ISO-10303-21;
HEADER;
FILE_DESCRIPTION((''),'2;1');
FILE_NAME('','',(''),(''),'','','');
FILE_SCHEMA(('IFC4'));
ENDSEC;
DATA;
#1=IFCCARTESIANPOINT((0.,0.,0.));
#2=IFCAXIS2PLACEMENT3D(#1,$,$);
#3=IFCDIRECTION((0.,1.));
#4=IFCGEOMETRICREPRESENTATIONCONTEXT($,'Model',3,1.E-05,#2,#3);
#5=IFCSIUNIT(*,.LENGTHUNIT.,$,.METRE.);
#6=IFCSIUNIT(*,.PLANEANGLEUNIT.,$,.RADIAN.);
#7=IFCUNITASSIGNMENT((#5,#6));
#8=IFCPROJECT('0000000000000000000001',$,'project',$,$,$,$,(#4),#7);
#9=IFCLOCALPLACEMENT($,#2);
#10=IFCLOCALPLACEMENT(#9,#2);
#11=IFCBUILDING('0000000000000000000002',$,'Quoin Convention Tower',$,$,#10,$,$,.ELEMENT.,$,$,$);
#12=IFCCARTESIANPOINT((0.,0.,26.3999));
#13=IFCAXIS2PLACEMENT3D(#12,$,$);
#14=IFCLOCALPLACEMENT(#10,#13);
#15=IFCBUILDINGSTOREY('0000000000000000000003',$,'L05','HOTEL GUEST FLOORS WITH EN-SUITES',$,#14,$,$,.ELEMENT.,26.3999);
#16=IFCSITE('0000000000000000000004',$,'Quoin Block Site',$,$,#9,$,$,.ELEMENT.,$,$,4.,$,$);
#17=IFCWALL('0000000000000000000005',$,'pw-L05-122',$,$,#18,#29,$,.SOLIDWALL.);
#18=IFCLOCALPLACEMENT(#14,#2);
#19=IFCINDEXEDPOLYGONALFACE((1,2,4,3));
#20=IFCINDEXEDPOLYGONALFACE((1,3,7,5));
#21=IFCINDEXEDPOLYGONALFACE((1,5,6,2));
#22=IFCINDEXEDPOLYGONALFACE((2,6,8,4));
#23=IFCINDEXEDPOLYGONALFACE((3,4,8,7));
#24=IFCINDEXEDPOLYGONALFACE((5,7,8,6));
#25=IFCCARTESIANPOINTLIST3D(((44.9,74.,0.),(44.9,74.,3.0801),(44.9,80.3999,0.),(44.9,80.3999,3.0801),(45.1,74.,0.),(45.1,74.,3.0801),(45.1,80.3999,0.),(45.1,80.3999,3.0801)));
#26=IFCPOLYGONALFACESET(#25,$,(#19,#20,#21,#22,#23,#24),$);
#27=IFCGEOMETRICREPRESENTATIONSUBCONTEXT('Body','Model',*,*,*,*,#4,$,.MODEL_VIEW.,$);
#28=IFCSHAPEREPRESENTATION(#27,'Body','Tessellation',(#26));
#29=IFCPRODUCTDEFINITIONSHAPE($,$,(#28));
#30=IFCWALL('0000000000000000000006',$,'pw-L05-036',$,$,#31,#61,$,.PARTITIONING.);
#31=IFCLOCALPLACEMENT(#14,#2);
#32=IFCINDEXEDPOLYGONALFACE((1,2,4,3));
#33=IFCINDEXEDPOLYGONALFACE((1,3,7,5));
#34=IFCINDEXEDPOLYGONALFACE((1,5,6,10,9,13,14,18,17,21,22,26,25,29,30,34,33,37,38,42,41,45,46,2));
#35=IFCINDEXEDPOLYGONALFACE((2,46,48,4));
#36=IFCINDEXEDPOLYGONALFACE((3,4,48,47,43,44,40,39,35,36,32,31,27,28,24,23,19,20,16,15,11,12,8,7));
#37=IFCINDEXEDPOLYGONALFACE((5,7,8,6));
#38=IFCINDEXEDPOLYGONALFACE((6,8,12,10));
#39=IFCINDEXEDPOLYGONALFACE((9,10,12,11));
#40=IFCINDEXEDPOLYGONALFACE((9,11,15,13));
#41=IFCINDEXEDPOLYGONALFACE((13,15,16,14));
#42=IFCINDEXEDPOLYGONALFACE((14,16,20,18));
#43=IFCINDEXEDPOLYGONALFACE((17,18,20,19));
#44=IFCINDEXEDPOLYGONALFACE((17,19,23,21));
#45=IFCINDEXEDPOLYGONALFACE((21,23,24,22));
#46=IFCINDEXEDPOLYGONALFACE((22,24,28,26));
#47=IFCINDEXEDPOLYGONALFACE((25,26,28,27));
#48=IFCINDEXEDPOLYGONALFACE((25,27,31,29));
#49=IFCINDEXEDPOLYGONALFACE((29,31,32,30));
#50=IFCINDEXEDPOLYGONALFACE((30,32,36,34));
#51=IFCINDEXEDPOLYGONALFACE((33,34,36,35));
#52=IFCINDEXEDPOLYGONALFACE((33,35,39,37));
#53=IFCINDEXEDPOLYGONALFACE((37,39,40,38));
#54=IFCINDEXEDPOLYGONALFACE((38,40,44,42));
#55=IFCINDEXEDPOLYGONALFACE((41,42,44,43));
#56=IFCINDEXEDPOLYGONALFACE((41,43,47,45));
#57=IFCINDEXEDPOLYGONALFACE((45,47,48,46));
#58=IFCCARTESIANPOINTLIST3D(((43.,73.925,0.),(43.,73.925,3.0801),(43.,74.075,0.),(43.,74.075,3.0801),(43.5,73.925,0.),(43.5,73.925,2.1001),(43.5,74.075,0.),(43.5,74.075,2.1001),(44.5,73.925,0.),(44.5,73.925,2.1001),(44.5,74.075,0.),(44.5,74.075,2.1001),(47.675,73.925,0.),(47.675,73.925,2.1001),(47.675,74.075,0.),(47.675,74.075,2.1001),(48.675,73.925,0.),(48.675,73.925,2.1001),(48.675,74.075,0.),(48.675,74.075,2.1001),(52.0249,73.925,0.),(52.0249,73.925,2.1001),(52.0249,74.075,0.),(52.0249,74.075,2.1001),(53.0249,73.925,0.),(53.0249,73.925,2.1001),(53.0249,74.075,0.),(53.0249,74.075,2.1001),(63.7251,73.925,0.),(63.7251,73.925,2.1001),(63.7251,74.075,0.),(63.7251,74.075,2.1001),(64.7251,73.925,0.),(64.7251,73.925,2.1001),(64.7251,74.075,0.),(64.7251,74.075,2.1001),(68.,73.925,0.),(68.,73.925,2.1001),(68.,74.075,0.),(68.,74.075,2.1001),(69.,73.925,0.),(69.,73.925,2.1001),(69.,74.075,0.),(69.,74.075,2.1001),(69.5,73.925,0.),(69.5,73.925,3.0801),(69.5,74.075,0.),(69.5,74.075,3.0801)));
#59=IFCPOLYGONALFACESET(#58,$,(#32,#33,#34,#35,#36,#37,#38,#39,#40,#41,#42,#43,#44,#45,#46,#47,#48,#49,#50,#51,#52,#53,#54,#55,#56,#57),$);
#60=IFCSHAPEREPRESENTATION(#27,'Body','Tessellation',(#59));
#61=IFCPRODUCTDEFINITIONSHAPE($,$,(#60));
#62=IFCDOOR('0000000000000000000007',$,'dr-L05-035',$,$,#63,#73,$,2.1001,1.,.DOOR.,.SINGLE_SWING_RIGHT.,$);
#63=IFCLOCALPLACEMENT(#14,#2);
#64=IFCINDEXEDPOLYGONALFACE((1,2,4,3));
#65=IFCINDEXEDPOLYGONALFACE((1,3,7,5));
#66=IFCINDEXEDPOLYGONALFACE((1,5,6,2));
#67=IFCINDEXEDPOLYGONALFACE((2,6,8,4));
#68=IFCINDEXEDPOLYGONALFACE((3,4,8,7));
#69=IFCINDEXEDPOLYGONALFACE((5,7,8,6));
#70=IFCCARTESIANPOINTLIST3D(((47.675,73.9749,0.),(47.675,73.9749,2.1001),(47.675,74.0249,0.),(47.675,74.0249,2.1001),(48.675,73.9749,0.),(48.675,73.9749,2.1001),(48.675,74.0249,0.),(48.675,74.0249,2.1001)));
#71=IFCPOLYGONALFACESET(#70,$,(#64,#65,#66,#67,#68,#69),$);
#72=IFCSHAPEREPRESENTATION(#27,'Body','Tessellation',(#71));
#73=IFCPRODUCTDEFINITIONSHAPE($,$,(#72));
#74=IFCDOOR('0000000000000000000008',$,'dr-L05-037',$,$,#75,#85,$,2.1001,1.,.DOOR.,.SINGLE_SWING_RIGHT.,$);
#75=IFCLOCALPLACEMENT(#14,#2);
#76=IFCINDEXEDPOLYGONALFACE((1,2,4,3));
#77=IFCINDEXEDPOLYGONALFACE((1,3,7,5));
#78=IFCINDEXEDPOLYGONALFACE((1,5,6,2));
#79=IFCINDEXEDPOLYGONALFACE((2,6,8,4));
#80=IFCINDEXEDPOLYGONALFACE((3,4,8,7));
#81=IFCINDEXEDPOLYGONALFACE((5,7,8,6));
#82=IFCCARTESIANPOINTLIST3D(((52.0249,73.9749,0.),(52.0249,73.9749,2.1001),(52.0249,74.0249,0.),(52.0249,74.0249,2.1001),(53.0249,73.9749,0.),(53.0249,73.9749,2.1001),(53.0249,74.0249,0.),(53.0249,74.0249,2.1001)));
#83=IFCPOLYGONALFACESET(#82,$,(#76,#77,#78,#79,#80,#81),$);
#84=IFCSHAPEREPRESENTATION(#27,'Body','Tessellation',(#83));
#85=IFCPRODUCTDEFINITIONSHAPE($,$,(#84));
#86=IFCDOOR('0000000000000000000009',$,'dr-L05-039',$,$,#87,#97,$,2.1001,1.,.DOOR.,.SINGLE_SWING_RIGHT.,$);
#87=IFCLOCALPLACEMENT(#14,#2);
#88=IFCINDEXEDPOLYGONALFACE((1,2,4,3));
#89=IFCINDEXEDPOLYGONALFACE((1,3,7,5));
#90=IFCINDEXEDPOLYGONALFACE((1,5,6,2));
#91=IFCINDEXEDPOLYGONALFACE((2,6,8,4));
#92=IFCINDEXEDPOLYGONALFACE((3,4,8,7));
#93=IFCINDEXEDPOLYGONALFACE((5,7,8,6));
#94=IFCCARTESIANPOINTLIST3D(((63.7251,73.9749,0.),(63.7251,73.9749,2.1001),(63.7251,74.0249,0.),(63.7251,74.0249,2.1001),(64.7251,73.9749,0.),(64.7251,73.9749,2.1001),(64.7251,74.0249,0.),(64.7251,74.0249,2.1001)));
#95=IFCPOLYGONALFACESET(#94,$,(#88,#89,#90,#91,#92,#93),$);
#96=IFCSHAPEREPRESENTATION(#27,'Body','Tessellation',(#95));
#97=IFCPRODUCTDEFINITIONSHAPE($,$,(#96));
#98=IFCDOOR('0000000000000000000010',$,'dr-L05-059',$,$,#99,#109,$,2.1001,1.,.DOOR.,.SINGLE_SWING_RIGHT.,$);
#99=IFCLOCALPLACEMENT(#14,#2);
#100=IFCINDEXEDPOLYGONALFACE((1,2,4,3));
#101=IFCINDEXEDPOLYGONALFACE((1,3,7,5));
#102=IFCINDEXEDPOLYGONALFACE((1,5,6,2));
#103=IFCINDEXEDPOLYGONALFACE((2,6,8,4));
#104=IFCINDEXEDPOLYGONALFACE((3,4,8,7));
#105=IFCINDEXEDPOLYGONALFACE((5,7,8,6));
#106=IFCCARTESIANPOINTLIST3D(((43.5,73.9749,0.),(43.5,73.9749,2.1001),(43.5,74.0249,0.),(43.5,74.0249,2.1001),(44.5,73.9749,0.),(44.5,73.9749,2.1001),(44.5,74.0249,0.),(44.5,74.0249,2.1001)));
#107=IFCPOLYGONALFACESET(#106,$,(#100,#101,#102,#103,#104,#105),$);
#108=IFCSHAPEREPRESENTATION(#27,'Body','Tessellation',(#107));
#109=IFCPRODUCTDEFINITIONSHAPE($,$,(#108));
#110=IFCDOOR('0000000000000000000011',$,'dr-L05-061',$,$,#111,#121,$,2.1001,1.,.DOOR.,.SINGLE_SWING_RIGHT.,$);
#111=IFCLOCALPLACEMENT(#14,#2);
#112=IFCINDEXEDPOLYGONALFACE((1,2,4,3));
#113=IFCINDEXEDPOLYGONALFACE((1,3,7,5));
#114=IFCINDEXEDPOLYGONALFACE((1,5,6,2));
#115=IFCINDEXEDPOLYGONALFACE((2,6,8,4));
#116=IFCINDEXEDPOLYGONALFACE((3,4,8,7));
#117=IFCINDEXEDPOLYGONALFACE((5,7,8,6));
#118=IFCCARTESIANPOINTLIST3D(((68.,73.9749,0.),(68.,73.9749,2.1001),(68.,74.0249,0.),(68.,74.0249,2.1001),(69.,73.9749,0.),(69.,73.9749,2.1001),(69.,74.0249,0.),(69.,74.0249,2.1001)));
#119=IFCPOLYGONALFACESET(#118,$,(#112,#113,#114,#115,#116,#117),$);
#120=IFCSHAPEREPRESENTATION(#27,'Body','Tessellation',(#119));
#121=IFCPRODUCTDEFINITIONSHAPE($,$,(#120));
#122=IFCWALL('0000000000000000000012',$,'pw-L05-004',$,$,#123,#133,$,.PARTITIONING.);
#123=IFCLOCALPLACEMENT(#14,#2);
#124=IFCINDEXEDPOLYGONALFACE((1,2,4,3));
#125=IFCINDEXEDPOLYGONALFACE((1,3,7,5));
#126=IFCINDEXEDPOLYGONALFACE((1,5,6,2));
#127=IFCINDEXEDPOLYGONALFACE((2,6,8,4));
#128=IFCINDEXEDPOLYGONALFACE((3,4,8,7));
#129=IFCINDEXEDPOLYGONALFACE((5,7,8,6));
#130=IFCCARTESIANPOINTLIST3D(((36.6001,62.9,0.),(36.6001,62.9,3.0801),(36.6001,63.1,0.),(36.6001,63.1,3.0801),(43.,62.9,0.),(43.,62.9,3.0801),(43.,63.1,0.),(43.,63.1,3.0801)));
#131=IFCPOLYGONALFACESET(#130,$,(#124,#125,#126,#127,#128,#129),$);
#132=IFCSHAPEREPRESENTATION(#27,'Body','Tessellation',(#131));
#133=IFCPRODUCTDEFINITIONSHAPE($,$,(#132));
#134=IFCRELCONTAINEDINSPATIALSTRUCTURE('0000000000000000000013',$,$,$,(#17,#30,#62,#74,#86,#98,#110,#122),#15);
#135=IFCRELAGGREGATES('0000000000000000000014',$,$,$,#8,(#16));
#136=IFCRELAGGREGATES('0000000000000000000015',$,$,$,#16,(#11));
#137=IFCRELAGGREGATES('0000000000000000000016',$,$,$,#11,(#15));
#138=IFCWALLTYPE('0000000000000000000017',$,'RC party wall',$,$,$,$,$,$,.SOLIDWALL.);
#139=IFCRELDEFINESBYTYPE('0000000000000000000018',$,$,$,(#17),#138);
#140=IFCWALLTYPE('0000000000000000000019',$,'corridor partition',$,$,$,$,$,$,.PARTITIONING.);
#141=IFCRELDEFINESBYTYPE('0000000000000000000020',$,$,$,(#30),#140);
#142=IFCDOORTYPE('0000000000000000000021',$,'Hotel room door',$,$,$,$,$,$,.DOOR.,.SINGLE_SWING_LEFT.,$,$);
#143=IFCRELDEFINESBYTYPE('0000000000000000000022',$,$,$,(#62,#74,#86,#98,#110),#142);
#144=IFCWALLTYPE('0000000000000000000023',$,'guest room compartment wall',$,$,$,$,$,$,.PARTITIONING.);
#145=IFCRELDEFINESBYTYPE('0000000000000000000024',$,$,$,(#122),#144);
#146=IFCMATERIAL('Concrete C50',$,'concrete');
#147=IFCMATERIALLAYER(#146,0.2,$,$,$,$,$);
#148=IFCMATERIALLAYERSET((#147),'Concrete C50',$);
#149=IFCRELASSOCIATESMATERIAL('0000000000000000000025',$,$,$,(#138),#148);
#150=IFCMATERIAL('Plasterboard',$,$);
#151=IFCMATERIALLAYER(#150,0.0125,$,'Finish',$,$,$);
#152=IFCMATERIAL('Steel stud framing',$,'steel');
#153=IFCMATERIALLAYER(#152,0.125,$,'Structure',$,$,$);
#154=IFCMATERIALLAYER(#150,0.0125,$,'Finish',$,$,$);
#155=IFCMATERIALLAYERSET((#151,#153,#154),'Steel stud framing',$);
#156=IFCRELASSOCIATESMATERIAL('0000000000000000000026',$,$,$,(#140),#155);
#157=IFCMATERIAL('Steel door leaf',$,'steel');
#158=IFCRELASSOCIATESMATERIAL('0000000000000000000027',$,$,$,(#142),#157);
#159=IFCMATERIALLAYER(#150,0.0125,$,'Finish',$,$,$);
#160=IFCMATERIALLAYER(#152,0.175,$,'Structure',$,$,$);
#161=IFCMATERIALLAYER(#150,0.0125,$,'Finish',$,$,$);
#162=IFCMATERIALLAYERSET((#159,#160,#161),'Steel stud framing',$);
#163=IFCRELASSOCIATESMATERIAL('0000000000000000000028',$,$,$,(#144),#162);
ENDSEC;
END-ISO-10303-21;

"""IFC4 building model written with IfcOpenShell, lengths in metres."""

from ifc_helpers import new_model, si_unit, direction, frame, frame_2d, origin, place, context, subcontext, project, spatial, rectangle, extrude, material, layer, layer_set, type_object, element, fill, save


model = new_model("IFC4")

# Units and contexts
model_context = context("Model", 3, precision=1e-05, world=origin(), true_north=direction((0.0, 1.0)))
body_context = subcontext(model_context, "Body", "Model", "MODEL_VIEW")
ifc_project = project(units=[si_unit("LENGTHUNIT", "METRE"), si_unit("PLANEANGLEUNIT", "RADIAN")], contexts=[model_context])

# Site, building, storey
site_placement = place(None, origin())
site = spatial("IfcSite", under=ifc_project, at=site_placement, Name="Quoin Block Site", CompositionType="ELEMENT", RefElevation=4.0)
building_placement = place(site_placement, origin())
building = spatial("IfcBuilding", under=site, at=building_placement, Name="Quoin Convention Tower", CompositionType="ELEMENT")
storey_placement = place(building_placement, frame((0.0, 0.0, 26.3999)))
storey = spatial("IfcBuildingStorey", under=building, at=storey_placement, Name="L05", Description="HOTEL GUEST FLOORS WITH EN-SUITES", CompositionType="ELEMENT", Elevation=26.3999)

# Shared definitions
ifc_material_1 = material(Name="Plasterboard")
ifc_material_2 = material(Name="Steel stud framing", Category="steel")
ifc_material_3 = material(Name="Steel door leaf", Category="steel")

# Shared definitions
ifc_material_4 = material(Name="Concrete C50", Category="concrete")
ifc_layer_1 = layer(ifc_material_4, 0.2)
ifc_layer_set_1 = layer_set([ifc_layer_1], Name="Concrete C50")
wall_type_1 = type_object("IfcWallType", Name="RC party wall", PredefinedType="SOLIDWALL", material=ifc_layer_set_1)

# Wall
wall_1_placement = place(storey_placement, frame((45.0, 74.0, 0.0), z_axis=(0.0, 0.0, 1.0), x_axis=(0.0, 1.0, 0.0)))
element("IfcWall", 1, at=wall_1_placement, inside=storey, type_object=wall_type_1, Name="pw-L05-122", PredefinedType="SOLIDWALL", context=body_context, shape_type="SweptSolid", body=[
    extrude(rectangle(XDim=6.3999, YDim=0.2, at=frame_2d((3.2, 0.0))), origin(), (0.0, 0.0, 1.0), 3.0801),
])

# Wall, openings, doors
ifc_layer_2 = layer(ifc_material_1, 0.0125, Name="Finish")
ifc_layer_3 = layer(ifc_material_2, 0.125, Name="Structure")
ifc_layer_4 = layer(ifc_material_1, 0.0125, Name="Finish")
ifc_layer_set_2 = layer_set([ifc_layer_2, ifc_layer_3, ifc_layer_4], Name="Steel stud framing")
wall_type_2 = type_object("IfcWallType", Name="corridor partition", PredefinedType="PARTITIONING", material=ifc_layer_set_2)
wall_2_placement = place(storey_placement, frame((43.0, 74.0, 0.0), z_axis=(0.0, 0.0, 1.0), x_axis=(1.0, 0.0, 0.0)))
wall_2 = element("IfcWall", 2, at=wall_2_placement, inside=storey, type_object=wall_type_2, Name="pw-L05-036", PredefinedType="PARTITIONING", context=body_context, shape_type="SweptSolid", body=[
    extrude(rectangle(XDim=26.5, YDim=0.1499, at=frame_2d((13.25, 0.0))), origin(), (0.0, 0.0, 1.0), 3.0801),
])
opening_1_placement = place(wall_2_placement, frame((4.675, 0.0, 0.0)))
opening_1 = element("IfcOpeningElement", 3, at=opening_1_placement, cuts=wall_2, PredefinedType="OPENING", context=body_context, shape_type="SweptSolid", body=[
    extrude(rectangle(XDim=1.0, YDim=2.1001, at=frame_2d((0.5, 1.05))), frame((0.0, 0.085, 0.0), z_axis=(0.0, -1.0, 0.0), x_axis=(1.0, 0.0, 0.0)), (0.0, 0.0, 1.0), 0.1699),
])
opening_2_placement = place(wall_2_placement, frame((9.0249, 0.0, 0.0)))
opening_2 = element("IfcOpeningElement", 4, at=opening_2_placement, cuts=wall_2, PredefinedType="OPENING", context=body_context, shape_type="SweptSolid", body=[
    extrude(rectangle(XDim=1.0, YDim=2.1001, at=frame_2d((0.5, 1.05))), frame((0.0, 0.085, 0.0), z_axis=(0.0, -1.0, 0.0), x_axis=(1.0, 0.0, 0.0)), (0.0, 0.0, 1.0), 0.1699),
])
opening_3_placement = place(wall_2_placement, frame((20.7251, 0.0, 0.0)))
opening_3 = element("IfcOpeningElement", 5, at=opening_3_placement, cuts=wall_2, PredefinedType="OPENING", context=body_context, shape_type="SweptSolid", body=[
    extrude(rectangle(XDim=1.0, YDim=2.1001, at=frame_2d((0.5, 1.05))), frame((0.0, 0.085, 0.0), z_axis=(0.0, -1.0, 0.0), x_axis=(1.0, 0.0, 0.0)), (0.0, 0.0, 1.0), 0.1699),
])
opening_4_placement = place(wall_2_placement, frame((0.5, 0.0, 0.0)))
opening_4 = element("IfcOpeningElement", 6, at=opening_4_placement, cuts=wall_2, PredefinedType="OPENING", context=body_context, shape_type="SweptSolid", body=[
    extrude(rectangle(XDim=1.0, YDim=2.1001, at=frame_2d((0.5, 1.05))), frame((0.0, 0.085, 0.0), z_axis=(0.0, -1.0, 0.0), x_axis=(1.0, 0.0, 0.0)), (0.0, 0.0, 1.0), 0.1699),
])
opening_5_placement = place(wall_2_placement, frame((25.0, 0.0, 0.0)))
opening_5 = element("IfcOpeningElement", 7, at=opening_5_placement, cuts=wall_2, PredefinedType="OPENING", context=body_context, shape_type="SweptSolid", body=[
    extrude(rectangle(XDim=1.0, YDim=2.1001, at=frame_2d((0.5, 1.05))), frame((0.0, 0.085, 0.0), z_axis=(0.0, -1.0, 0.0), x_axis=(1.0, 0.0, 0.0)), (0.0, 0.0, 1.0), 0.1699),
])
door_type_1 = type_object("IfcDoorType", Name="Hotel room door", OperationType="SINGLE_SWING_LEFT", PredefinedType="DOOR", material=ifc_material_3)
door_1_placement = place(opening_1_placement, origin())
door_1 = element("IfcDoor", 8, at=door_1_placement, inside=storey, type_object=door_type_1, Name="dr-L05-035", OperationType="SINGLE_SWING_RIGHT", OverallHeight=2.1001, OverallWidth=1.0, PredefinedType="DOOR", context=body_context, shape_type="SweptSolid", body=[
    extrude(rectangle(XDim=1.0, YDim=2.1001, at=frame_2d((0.5, 1.05))), frame((0.0, 0.0249, 0.0), z_axis=(0.0, -1.0, 0.0), x_axis=(1.0, 0.0, 0.0)), (0.0, 0.0, 1.0), 0.05),
])
fill(opening_1, door_1)
door_2_placement = place(opening_2_placement, origin())
door_2 = element("IfcDoor", 9, at=door_2_placement, inside=storey, type_object=door_type_1, Name="dr-L05-037", OperationType="SINGLE_SWING_RIGHT", OverallHeight=2.1001, OverallWidth=1.0, PredefinedType="DOOR", context=body_context, shape_type="SweptSolid", body=[
    extrude(rectangle(XDim=1.0, YDim=2.1001, at=frame_2d((0.5, 1.05))), frame((0.0, 0.0249, 0.0), z_axis=(0.0, -1.0, 0.0), x_axis=(1.0, 0.0, 0.0)), (0.0, 0.0, 1.0), 0.05),
])
fill(opening_2, door_2)
door_3_placement = place(opening_3_placement, origin())
door_3 = element("IfcDoor", 10, at=door_3_placement, inside=storey, type_object=door_type_1, Name="dr-L05-039", OperationType="SINGLE_SWING_RIGHT", OverallHeight=2.1001, OverallWidth=1.0, PredefinedType="DOOR", context=body_context, shape_type="SweptSolid", body=[
    extrude(rectangle(XDim=1.0, YDim=2.1001, at=frame_2d((0.5, 1.05))), frame((0.0, 0.0249, 0.0), z_axis=(0.0, -1.0, 0.0), x_axis=(1.0, 0.0, 0.0)), (0.0, 0.0, 1.0), 0.05),
])
fill(opening_3, door_3)
door_4_placement = place(opening_4_placement, origin())
door_4 = element("IfcDoor", 11, at=door_4_placement, inside=storey, type_object=door_type_1, Name="dr-L05-059", OperationType="SINGLE_SWING_RIGHT", OverallHeight=2.1001, OverallWidth=1.0, PredefinedType="DOOR", context=body_context, shape_type="SweptSolid", body=[
    extrude(rectangle(XDim=1.0, YDim=2.1001, at=frame_2d((0.5, 1.05))), frame((0.0, 0.0249, 0.0), z_axis=(0.0, -1.0, 0.0), x_axis=(1.0, 0.0, 0.0)), (0.0, 0.0, 1.0), 0.05),
])
fill(opening_4, door_4)
door_5_placement = place(opening_5_placement, origin())
door_5 = element("IfcDoor", 12, at=door_5_placement, inside=storey, type_object=door_type_1, Name="dr-L05-061", OperationType="SINGLE_SWING_RIGHT", OverallHeight=2.1001, OverallWidth=1.0, PredefinedType="DOOR", context=body_context, shape_type="SweptSolid", body=[
    extrude(rectangle(XDim=1.0, YDim=2.1001, at=frame_2d((0.5, 1.05))), frame((0.0, 0.0249, 0.0), z_axis=(0.0, -1.0, 0.0), x_axis=(1.0, 0.0, 0.0)), (0.0, 0.0, 1.0), 0.05),
])
fill(opening_5, door_5)

# Wall
ifc_layer_5 = layer(ifc_material_1, 0.0125, Name="Finish")
ifc_layer_6 = layer(ifc_material_2, 0.175, Name="Structure")
ifc_layer_7 = layer(ifc_material_1, 0.0125, Name="Finish")
ifc_layer_set_3 = layer_set([ifc_layer_5, ifc_layer_6, ifc_layer_7], Name="Steel stud framing")
wall_type_3 = type_object("IfcWallType", Name="guest room compartment wall", PredefinedType="PARTITIONING", material=ifc_layer_set_3)
wall_3_placement = place(storey_placement, frame((36.6001, 63.0, 0.0), z_axis=(0.0, 0.0, 1.0), x_axis=(1.0, 0.0, 0.0)))
element("IfcWall", 13, at=wall_3_placement, inside=storey, type_object=wall_type_3, Name="pw-L05-004", PredefinedType="PARTITIONING", context=body_context, shape_type="SweptSolid", body=[
    extrude(rectangle(XDim=6.3999, YDim=0.2, at=frame_2d((3.2, 0.0))), origin(), (0.0, 0.0, 1.0), 3.0801),
])

save(model, "model.ifc")
